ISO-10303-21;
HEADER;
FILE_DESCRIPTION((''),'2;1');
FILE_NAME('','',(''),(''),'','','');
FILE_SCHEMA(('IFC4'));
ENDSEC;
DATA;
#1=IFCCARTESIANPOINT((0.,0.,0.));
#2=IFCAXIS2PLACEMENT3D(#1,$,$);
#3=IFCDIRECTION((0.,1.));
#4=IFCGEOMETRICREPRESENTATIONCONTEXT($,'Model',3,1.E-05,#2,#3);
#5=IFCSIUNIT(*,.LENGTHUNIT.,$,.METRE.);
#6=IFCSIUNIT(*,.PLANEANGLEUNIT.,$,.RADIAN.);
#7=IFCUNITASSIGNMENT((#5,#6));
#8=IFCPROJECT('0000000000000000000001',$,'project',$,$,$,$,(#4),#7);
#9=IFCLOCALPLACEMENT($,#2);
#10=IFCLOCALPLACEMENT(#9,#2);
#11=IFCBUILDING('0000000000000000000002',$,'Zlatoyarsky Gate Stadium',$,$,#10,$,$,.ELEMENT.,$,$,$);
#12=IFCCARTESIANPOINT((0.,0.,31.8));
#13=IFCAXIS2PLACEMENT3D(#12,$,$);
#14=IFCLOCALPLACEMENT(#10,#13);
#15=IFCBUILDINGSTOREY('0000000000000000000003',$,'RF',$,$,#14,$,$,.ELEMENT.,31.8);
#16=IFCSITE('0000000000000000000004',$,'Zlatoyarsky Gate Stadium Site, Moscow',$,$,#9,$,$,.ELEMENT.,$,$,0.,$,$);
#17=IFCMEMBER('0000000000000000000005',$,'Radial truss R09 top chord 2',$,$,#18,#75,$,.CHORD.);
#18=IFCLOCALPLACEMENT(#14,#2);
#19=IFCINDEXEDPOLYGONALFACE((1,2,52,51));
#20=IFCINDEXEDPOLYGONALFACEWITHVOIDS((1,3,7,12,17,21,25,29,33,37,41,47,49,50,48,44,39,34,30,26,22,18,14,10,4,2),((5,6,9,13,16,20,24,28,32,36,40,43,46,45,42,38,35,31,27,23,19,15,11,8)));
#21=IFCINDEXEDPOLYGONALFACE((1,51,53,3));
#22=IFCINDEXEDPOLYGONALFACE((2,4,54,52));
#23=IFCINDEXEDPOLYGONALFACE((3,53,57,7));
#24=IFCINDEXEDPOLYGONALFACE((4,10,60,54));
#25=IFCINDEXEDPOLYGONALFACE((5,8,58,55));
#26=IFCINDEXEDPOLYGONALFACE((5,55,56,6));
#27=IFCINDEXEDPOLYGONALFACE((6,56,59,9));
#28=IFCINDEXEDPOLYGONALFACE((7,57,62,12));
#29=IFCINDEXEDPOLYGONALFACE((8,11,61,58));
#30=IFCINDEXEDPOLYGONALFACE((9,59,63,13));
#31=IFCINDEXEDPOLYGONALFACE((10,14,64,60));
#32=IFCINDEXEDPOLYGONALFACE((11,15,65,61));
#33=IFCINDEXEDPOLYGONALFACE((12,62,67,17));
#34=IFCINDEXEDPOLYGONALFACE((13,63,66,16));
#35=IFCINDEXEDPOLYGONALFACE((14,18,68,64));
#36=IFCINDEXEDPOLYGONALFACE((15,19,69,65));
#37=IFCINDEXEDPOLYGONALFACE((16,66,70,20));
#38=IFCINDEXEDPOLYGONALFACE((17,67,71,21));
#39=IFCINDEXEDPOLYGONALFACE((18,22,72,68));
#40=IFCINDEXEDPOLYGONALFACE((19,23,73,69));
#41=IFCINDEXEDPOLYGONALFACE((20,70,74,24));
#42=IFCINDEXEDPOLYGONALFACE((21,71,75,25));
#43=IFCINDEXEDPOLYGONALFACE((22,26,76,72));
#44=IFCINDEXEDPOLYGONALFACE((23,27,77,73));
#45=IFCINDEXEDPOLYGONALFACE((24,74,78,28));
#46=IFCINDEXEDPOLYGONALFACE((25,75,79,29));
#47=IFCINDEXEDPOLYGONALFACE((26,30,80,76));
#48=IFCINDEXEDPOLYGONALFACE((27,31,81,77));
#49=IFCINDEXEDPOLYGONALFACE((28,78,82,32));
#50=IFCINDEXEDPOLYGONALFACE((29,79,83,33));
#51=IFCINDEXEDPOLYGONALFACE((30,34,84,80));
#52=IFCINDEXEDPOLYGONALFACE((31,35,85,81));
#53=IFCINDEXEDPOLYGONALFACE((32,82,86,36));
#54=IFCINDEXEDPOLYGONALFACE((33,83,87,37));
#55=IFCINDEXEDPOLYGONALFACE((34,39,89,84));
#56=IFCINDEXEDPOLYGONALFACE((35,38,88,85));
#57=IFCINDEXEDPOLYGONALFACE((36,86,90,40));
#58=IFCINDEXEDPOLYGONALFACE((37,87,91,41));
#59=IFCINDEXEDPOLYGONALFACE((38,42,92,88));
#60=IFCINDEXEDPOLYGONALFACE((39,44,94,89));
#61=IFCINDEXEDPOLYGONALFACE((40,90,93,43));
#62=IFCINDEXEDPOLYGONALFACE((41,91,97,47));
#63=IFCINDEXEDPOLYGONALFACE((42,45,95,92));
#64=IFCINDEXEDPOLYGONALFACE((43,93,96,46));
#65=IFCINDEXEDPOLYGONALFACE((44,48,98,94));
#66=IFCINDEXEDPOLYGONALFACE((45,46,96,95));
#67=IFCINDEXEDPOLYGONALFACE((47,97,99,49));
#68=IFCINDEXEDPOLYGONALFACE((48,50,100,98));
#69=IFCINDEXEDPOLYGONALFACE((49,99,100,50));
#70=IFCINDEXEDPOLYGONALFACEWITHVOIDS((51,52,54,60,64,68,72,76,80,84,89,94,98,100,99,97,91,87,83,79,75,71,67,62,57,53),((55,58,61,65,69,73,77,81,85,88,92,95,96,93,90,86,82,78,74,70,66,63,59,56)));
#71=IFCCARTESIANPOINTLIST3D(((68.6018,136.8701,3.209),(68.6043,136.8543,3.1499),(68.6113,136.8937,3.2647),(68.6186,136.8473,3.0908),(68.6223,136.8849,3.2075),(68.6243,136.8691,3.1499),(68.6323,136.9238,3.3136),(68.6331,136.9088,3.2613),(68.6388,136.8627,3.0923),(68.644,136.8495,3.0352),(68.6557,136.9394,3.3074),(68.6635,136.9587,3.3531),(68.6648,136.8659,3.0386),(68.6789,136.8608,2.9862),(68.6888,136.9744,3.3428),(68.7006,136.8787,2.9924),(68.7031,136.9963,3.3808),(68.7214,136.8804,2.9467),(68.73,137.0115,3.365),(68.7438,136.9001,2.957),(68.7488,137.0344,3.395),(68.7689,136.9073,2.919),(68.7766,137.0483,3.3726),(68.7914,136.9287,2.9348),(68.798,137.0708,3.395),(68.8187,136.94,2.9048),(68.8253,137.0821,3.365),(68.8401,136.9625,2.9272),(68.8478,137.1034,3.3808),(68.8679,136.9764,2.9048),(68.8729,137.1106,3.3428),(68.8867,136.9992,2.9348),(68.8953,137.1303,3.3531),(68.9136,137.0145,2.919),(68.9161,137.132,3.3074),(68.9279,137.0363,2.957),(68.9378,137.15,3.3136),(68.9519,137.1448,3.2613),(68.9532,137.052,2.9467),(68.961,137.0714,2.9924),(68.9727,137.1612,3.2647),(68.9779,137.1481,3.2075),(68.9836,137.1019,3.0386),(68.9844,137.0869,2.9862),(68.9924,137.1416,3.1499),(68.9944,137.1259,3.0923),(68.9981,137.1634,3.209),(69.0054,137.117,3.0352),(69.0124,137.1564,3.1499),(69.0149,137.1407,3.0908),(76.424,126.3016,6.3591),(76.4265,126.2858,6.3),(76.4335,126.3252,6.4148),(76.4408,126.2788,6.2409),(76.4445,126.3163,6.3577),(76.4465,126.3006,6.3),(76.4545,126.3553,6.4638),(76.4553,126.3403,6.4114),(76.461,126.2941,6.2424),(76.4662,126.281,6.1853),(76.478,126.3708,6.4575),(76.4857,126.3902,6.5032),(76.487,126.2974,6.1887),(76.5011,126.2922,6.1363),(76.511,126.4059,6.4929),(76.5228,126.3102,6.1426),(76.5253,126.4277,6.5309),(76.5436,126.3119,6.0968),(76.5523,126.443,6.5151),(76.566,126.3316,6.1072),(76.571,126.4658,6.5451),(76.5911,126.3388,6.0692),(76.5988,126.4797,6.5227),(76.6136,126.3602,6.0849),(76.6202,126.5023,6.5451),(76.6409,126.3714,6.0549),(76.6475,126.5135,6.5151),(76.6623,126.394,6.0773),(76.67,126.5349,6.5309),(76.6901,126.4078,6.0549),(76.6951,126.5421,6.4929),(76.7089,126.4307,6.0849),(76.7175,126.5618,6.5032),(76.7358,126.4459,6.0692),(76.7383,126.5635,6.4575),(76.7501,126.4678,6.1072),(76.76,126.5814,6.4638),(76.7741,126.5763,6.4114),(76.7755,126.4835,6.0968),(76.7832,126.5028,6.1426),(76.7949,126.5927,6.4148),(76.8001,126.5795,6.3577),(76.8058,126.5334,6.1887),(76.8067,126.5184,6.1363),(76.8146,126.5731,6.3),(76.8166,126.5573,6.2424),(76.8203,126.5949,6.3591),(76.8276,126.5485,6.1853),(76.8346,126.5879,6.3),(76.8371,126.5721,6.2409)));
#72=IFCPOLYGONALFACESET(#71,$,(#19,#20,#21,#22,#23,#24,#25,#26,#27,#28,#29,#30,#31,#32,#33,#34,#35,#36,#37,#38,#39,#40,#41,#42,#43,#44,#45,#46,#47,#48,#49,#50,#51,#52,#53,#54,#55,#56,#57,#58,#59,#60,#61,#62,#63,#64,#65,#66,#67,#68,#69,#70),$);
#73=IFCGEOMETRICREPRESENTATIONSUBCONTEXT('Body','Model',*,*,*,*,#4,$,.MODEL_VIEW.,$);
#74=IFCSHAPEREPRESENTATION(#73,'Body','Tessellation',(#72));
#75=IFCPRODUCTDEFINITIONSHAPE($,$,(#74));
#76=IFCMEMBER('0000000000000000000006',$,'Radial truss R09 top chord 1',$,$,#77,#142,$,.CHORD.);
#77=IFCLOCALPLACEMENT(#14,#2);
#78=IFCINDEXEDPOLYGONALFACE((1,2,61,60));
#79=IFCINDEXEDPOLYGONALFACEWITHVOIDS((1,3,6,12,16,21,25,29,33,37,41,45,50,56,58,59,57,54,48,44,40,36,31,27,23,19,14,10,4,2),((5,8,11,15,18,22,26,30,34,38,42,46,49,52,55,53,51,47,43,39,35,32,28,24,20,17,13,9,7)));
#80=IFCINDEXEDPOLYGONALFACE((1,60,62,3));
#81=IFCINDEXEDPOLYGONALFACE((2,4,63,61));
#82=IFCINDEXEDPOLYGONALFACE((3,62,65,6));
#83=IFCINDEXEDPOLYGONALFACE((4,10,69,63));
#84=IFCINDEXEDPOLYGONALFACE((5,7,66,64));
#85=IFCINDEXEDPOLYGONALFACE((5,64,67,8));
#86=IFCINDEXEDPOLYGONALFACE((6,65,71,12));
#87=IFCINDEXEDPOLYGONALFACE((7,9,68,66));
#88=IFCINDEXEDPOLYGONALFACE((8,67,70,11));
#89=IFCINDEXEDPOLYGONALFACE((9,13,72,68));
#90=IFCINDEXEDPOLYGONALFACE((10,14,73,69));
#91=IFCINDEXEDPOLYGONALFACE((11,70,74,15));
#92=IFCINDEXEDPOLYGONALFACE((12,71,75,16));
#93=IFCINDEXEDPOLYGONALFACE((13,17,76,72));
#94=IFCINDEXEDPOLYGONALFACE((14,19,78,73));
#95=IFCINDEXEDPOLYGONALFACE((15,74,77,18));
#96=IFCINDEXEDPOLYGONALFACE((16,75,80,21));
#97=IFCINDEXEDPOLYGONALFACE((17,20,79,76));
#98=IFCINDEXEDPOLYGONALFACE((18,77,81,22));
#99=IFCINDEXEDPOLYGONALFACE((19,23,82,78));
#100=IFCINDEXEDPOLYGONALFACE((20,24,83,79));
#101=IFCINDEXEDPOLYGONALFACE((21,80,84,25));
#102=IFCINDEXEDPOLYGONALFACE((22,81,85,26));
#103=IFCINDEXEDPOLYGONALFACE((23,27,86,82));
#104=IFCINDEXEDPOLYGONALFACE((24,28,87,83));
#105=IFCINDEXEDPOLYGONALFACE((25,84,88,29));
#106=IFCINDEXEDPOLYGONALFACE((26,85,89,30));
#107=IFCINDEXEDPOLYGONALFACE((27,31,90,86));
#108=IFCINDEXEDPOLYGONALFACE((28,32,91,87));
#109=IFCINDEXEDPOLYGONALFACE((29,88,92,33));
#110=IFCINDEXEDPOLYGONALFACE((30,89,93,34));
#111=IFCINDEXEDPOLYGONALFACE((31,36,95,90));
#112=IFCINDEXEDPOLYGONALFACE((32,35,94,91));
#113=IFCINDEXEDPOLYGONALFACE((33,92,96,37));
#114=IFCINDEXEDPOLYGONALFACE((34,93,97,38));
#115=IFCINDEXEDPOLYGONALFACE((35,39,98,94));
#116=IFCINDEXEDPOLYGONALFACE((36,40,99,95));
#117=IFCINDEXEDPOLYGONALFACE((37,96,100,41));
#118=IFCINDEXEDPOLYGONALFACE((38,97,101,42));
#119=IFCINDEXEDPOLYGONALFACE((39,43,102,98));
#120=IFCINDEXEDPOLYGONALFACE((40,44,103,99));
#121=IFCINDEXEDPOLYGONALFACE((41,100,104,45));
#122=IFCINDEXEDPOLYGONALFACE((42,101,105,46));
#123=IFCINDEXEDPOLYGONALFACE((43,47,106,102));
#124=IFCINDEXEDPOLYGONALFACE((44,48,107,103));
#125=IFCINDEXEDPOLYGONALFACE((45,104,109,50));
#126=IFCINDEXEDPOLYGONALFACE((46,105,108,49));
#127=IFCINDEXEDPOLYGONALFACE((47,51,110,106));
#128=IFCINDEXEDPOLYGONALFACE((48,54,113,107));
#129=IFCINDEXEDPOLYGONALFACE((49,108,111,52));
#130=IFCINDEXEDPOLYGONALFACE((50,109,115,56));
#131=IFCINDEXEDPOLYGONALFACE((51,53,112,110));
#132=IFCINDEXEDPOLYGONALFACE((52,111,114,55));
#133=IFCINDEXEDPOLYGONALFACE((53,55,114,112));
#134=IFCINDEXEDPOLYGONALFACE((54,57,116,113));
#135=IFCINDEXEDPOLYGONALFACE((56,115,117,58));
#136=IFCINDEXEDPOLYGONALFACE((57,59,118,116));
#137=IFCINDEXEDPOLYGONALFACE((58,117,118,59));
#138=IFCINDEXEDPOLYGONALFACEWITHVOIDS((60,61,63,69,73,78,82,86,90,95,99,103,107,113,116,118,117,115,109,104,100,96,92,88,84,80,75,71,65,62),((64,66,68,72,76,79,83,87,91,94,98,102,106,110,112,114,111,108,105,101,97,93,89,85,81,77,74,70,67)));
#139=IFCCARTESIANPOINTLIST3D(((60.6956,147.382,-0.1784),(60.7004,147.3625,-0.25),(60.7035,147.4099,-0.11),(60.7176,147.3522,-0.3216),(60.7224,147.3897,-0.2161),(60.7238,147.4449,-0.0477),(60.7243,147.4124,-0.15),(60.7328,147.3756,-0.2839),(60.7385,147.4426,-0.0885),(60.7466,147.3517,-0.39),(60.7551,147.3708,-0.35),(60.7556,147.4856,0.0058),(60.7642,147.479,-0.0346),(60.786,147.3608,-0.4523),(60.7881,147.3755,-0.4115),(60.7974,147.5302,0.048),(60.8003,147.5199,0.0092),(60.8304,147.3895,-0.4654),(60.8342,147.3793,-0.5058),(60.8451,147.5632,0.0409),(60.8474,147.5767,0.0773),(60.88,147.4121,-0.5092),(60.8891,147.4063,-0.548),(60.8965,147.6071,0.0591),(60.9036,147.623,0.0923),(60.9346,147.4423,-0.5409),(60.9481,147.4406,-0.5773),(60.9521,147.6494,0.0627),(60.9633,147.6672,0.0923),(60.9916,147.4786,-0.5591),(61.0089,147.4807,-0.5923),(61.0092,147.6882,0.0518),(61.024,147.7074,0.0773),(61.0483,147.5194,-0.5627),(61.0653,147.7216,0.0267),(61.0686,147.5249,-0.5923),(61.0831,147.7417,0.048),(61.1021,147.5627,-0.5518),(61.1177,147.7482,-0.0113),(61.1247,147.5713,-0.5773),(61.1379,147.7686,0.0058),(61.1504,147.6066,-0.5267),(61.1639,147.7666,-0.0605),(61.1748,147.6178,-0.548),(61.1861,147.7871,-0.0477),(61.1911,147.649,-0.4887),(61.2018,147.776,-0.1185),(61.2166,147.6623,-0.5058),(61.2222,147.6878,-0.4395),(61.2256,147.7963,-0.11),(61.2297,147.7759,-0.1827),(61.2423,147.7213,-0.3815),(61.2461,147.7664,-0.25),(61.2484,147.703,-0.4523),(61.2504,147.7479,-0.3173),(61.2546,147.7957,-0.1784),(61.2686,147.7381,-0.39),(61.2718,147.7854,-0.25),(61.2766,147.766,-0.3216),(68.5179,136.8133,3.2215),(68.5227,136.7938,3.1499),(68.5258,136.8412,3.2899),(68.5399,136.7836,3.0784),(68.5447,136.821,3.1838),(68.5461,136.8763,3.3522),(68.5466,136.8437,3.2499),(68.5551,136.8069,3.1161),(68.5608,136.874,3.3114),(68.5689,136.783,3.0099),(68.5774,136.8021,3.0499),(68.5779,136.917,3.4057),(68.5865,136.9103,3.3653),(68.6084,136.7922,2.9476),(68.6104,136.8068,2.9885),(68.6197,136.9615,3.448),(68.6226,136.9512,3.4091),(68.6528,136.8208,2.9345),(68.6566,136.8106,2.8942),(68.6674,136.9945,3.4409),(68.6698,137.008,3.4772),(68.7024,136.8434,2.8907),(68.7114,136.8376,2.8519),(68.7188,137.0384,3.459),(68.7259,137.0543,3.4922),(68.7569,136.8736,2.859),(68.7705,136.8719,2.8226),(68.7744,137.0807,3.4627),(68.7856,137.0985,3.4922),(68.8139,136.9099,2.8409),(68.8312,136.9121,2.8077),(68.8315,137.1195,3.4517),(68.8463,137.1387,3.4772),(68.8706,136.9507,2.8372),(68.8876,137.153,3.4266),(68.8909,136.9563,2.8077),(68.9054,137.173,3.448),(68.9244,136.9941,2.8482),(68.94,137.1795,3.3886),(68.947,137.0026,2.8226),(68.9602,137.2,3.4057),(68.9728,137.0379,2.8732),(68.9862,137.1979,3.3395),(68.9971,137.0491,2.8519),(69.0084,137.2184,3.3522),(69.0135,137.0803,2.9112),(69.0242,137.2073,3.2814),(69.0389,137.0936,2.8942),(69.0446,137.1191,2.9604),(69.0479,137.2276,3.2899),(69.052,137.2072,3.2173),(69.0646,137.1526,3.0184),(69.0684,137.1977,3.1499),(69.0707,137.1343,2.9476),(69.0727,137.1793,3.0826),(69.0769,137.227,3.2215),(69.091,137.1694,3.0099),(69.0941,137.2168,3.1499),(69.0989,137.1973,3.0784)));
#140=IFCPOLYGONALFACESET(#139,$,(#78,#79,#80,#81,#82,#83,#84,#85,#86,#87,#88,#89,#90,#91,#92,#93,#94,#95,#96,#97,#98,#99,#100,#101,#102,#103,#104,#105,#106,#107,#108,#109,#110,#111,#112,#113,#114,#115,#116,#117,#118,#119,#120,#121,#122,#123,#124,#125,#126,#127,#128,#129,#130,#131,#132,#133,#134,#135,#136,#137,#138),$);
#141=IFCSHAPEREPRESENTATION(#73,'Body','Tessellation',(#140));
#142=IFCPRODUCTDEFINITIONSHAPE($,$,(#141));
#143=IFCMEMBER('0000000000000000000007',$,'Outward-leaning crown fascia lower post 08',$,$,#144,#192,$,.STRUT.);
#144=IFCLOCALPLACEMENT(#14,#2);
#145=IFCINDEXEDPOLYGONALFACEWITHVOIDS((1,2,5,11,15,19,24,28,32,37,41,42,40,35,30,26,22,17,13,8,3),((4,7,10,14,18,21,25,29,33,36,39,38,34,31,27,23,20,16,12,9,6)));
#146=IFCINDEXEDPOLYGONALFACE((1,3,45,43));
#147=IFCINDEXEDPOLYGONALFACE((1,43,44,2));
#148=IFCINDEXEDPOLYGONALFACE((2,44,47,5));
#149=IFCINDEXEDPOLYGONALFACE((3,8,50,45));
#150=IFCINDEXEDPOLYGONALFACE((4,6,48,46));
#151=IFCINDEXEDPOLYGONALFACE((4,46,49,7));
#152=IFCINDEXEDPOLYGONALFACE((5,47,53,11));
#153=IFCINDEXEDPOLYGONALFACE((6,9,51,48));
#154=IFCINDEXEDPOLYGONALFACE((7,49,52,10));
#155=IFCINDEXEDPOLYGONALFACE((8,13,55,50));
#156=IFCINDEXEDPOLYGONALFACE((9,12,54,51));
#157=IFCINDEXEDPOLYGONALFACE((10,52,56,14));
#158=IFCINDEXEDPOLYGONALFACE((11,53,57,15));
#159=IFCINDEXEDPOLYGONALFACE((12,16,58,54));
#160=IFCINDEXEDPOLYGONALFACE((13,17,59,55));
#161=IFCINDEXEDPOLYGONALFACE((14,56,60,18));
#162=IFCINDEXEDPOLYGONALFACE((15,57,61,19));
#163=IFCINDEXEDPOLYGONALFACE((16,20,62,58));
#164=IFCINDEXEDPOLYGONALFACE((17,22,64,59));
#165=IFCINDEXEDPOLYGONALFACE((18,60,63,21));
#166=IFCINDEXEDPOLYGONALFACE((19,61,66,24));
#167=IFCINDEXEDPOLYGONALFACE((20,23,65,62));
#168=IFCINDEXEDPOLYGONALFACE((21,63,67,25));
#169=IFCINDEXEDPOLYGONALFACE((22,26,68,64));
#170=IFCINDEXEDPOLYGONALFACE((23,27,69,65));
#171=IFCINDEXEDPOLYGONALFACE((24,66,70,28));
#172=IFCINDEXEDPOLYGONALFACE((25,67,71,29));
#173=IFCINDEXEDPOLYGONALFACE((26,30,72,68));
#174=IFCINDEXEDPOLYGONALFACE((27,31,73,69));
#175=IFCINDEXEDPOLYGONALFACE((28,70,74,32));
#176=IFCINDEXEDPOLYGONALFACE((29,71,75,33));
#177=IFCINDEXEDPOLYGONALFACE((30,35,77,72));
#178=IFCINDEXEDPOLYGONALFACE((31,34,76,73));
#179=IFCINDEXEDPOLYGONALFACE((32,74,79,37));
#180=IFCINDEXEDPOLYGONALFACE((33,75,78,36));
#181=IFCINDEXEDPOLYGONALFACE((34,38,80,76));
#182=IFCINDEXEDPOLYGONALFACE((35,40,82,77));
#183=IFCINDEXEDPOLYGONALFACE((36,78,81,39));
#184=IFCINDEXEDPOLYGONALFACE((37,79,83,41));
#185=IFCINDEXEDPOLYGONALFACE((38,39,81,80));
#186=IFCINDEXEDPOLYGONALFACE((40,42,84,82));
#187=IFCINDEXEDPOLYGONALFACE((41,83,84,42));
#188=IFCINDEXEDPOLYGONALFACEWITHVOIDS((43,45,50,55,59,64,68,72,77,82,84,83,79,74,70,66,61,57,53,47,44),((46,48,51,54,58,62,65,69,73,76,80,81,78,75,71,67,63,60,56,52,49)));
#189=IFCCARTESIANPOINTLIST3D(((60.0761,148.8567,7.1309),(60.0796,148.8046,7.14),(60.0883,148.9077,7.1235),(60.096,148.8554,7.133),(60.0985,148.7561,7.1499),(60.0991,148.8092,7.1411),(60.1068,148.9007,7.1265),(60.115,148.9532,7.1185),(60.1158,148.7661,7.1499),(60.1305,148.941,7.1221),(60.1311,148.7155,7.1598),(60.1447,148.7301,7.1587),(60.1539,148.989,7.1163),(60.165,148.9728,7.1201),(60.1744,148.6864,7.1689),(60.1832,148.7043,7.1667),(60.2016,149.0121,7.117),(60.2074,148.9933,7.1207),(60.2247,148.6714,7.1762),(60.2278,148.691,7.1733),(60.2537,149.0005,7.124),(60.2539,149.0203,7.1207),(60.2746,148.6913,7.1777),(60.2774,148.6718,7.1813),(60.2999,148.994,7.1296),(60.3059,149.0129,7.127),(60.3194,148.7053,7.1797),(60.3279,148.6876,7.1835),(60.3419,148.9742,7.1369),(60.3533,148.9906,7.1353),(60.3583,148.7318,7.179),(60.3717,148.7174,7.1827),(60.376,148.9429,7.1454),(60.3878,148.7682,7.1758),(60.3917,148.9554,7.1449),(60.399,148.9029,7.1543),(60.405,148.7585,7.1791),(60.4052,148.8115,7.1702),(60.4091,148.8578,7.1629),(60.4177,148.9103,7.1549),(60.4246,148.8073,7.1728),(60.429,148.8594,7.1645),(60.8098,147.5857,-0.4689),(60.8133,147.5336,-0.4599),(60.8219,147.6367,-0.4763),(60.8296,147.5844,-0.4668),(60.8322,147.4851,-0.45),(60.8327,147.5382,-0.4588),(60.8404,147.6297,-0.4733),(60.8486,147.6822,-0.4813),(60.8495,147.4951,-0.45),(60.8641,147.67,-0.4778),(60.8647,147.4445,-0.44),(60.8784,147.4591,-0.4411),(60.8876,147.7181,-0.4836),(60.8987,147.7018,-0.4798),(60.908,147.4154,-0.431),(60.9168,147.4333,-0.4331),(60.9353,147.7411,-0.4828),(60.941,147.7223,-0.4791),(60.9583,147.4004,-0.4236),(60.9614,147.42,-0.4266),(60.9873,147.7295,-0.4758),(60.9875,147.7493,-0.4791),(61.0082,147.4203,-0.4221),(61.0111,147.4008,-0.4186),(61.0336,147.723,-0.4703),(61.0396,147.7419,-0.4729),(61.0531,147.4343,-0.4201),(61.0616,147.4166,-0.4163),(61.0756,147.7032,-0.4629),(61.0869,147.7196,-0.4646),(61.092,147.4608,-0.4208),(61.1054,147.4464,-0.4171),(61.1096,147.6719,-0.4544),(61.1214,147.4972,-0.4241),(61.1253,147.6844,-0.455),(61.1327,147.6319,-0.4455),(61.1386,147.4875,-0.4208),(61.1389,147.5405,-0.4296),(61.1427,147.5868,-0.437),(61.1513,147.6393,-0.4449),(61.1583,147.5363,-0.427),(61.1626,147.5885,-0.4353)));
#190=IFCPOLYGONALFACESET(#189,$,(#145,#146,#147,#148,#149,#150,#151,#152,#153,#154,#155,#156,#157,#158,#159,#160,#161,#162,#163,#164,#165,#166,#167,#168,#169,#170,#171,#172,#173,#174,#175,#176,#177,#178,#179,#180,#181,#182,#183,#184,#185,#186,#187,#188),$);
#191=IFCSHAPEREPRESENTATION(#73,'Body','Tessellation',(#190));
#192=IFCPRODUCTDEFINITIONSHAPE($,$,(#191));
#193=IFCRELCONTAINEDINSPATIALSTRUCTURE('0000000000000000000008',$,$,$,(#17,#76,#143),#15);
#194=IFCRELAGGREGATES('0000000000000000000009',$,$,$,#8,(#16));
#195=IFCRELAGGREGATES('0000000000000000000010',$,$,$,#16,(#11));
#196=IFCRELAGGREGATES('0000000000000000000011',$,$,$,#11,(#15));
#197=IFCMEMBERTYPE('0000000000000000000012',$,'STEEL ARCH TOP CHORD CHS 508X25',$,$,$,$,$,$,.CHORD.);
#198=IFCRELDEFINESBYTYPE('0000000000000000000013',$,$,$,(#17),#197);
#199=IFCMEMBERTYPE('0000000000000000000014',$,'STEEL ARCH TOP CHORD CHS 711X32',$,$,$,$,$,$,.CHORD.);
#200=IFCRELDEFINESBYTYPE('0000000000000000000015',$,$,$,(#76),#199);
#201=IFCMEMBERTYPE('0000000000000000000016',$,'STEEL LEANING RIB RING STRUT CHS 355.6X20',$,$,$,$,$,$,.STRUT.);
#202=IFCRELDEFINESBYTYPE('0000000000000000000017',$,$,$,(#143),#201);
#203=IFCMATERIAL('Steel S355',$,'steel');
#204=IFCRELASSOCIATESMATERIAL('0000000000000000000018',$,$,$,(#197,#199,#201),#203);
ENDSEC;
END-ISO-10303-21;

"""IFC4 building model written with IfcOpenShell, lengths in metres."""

from ifc_helpers import new_model, si_unit, direction, frame, origin, origin_2d, place, context, subcontext, project, spatial, hollow_circle, extrude, material, material_profile, profile_set, type_object, element, save


model = new_model("IFC4")

# Units and contexts
model_context = context("Model", 3, precision=1e-05, world=origin(), true_north=direction((0.0, 1.0)))
body_context = subcontext(model_context, "Body", "Model", "MODEL_VIEW")
ifc_project = project(units=[si_unit("LENGTHUNIT", "METRE"), si_unit("PLANEANGLEUNIT", "RADIAN")], contexts=[model_context])

# Site, building, storey
site_placement = place(None, origin())
site = spatial("IfcSite", under=ifc_project, at=site_placement, Name="Zlatoyarsky Gate Stadium Site, Moscow", CompositionType="ELEMENT", RefElevation=0.0)
building_placement = place(site_placement, origin())
building = spatial("IfcBuilding", under=site, at=building_placement, Name="Zlatoyarsky Gate Stadium", CompositionType="ELEMENT")
storey_placement = place(building_placement, frame((0.0, 0.0, 31.8)))
storey = spatial("IfcBuildingStorey", under=building, at=storey_placement, Name="RF", CompositionType="ELEMENT", Elevation=31.8)

# Members
ifc_material_1 = material(Name="Steel S355", Category="steel")
ifc_material_profile_1 = material_profile(ifc_material_1, hollow_circle(Radius=0.2539, WallThickness=0.0249, at=origin_2d()), Name="CHS 508X25")
ifc_profile_set_1 = profile_set([ifc_material_profile_1], Name="Steel S355")
member_type_1 = type_object("IfcMemberType", Name="STEEL ARCH TOP CHORD CHS 508X25", PredefinedType="CHORD", material=ifc_profile_set_1)
member_1_placement = place(storey_placement, frame((68.8083, 137.0054, 3.1499), z_axis=(0.578544, -0.781667, 0.232989), x_axis=(0.803787, 0.594917, 0.0)))
element("IfcMember", 1, at=member_1_placement, inside=storey, type_object=member_type_1, Name="Radial truss R09 top chord 2", PredefinedType="CHORD", context=body_context, shape_type="SweptSolid", body=[
    extrude(hollow_circle(Radius=0.2539, WallThickness=0.0249, at=origin_2d()), origin(), (0.0, 0.0, 1.0), 13.5205),
])
ifc_material_profile_2 = material_profile(ifc_material_1, hollow_circle(Radius=0.3555, WallThickness=0.032, at=origin_2d()), Name="CHS 711X32")
ifc_profile_set_2 = profile_set([ifc_material_profile_2], Name="Steel S355")
member_type_2 = type_object("IfcMemberType", Name="STEEL ARCH TOP CHORD CHS 711X32", PredefinedType="CHORD", material=ifc_profile_set_2)
member_2_placement = place(storey_placement, frame((60.9861, 147.574, -0.25), z_axis=(0.575973, -0.778192, 0.250343), x_axis=(0.803787, 0.594917, 0.0)))
element("IfcMember", 2, at=member_2_placement, inside=storey, type_object=member_type_2, Name="Radial truss R09 top chord 1", PredefinedType="CHORD", context=body_context, shape_type="SweptSolid", body=[
    extrude(hollow_circle(Radius=0.3555, WallThickness=0.032, at=origin_2d()), origin(), (0.0, 0.0, 1.0), 13.5811),
])
ifc_material_profile_3 = material_profile(ifc_material_1, hollow_circle(Radius=0.1777, WallThickness=0.02, at=origin_2d()), Name="CHS 355.6X20")
ifc_profile_set_3 = profile_set([ifc_material_profile_3], Name="Steel S355")
member_type_3 = type_object("IfcMemberType", Name="STEEL LEANING RIB RING STRUT CHS 355.6X20", PredefinedType="STRUT", material=ifc_profile_set_3)
member_3_placement = place(storey_placement, frame((60.9861, 147.574, -0.45), z_axis=(-0.094783, 0.164206, 0.981862), x_axis=(-0.866075, -0.499914, 0.0)))
element("IfcMember", 3, at=member_3_placement, inside=storey, type_object=member_type_3, Name="Outward-leaning crown fascia lower post 08", PredefinedType="STRUT", context=body_context, shape_type="SweptSolid", body=[
    extrude(hollow_circle(Radius=0.1777, WallThickness=0.02, at=origin_2d()), origin(), (0.0, 0.0, 1.0), 7.7402),
])

save(model, "model.ifc")
